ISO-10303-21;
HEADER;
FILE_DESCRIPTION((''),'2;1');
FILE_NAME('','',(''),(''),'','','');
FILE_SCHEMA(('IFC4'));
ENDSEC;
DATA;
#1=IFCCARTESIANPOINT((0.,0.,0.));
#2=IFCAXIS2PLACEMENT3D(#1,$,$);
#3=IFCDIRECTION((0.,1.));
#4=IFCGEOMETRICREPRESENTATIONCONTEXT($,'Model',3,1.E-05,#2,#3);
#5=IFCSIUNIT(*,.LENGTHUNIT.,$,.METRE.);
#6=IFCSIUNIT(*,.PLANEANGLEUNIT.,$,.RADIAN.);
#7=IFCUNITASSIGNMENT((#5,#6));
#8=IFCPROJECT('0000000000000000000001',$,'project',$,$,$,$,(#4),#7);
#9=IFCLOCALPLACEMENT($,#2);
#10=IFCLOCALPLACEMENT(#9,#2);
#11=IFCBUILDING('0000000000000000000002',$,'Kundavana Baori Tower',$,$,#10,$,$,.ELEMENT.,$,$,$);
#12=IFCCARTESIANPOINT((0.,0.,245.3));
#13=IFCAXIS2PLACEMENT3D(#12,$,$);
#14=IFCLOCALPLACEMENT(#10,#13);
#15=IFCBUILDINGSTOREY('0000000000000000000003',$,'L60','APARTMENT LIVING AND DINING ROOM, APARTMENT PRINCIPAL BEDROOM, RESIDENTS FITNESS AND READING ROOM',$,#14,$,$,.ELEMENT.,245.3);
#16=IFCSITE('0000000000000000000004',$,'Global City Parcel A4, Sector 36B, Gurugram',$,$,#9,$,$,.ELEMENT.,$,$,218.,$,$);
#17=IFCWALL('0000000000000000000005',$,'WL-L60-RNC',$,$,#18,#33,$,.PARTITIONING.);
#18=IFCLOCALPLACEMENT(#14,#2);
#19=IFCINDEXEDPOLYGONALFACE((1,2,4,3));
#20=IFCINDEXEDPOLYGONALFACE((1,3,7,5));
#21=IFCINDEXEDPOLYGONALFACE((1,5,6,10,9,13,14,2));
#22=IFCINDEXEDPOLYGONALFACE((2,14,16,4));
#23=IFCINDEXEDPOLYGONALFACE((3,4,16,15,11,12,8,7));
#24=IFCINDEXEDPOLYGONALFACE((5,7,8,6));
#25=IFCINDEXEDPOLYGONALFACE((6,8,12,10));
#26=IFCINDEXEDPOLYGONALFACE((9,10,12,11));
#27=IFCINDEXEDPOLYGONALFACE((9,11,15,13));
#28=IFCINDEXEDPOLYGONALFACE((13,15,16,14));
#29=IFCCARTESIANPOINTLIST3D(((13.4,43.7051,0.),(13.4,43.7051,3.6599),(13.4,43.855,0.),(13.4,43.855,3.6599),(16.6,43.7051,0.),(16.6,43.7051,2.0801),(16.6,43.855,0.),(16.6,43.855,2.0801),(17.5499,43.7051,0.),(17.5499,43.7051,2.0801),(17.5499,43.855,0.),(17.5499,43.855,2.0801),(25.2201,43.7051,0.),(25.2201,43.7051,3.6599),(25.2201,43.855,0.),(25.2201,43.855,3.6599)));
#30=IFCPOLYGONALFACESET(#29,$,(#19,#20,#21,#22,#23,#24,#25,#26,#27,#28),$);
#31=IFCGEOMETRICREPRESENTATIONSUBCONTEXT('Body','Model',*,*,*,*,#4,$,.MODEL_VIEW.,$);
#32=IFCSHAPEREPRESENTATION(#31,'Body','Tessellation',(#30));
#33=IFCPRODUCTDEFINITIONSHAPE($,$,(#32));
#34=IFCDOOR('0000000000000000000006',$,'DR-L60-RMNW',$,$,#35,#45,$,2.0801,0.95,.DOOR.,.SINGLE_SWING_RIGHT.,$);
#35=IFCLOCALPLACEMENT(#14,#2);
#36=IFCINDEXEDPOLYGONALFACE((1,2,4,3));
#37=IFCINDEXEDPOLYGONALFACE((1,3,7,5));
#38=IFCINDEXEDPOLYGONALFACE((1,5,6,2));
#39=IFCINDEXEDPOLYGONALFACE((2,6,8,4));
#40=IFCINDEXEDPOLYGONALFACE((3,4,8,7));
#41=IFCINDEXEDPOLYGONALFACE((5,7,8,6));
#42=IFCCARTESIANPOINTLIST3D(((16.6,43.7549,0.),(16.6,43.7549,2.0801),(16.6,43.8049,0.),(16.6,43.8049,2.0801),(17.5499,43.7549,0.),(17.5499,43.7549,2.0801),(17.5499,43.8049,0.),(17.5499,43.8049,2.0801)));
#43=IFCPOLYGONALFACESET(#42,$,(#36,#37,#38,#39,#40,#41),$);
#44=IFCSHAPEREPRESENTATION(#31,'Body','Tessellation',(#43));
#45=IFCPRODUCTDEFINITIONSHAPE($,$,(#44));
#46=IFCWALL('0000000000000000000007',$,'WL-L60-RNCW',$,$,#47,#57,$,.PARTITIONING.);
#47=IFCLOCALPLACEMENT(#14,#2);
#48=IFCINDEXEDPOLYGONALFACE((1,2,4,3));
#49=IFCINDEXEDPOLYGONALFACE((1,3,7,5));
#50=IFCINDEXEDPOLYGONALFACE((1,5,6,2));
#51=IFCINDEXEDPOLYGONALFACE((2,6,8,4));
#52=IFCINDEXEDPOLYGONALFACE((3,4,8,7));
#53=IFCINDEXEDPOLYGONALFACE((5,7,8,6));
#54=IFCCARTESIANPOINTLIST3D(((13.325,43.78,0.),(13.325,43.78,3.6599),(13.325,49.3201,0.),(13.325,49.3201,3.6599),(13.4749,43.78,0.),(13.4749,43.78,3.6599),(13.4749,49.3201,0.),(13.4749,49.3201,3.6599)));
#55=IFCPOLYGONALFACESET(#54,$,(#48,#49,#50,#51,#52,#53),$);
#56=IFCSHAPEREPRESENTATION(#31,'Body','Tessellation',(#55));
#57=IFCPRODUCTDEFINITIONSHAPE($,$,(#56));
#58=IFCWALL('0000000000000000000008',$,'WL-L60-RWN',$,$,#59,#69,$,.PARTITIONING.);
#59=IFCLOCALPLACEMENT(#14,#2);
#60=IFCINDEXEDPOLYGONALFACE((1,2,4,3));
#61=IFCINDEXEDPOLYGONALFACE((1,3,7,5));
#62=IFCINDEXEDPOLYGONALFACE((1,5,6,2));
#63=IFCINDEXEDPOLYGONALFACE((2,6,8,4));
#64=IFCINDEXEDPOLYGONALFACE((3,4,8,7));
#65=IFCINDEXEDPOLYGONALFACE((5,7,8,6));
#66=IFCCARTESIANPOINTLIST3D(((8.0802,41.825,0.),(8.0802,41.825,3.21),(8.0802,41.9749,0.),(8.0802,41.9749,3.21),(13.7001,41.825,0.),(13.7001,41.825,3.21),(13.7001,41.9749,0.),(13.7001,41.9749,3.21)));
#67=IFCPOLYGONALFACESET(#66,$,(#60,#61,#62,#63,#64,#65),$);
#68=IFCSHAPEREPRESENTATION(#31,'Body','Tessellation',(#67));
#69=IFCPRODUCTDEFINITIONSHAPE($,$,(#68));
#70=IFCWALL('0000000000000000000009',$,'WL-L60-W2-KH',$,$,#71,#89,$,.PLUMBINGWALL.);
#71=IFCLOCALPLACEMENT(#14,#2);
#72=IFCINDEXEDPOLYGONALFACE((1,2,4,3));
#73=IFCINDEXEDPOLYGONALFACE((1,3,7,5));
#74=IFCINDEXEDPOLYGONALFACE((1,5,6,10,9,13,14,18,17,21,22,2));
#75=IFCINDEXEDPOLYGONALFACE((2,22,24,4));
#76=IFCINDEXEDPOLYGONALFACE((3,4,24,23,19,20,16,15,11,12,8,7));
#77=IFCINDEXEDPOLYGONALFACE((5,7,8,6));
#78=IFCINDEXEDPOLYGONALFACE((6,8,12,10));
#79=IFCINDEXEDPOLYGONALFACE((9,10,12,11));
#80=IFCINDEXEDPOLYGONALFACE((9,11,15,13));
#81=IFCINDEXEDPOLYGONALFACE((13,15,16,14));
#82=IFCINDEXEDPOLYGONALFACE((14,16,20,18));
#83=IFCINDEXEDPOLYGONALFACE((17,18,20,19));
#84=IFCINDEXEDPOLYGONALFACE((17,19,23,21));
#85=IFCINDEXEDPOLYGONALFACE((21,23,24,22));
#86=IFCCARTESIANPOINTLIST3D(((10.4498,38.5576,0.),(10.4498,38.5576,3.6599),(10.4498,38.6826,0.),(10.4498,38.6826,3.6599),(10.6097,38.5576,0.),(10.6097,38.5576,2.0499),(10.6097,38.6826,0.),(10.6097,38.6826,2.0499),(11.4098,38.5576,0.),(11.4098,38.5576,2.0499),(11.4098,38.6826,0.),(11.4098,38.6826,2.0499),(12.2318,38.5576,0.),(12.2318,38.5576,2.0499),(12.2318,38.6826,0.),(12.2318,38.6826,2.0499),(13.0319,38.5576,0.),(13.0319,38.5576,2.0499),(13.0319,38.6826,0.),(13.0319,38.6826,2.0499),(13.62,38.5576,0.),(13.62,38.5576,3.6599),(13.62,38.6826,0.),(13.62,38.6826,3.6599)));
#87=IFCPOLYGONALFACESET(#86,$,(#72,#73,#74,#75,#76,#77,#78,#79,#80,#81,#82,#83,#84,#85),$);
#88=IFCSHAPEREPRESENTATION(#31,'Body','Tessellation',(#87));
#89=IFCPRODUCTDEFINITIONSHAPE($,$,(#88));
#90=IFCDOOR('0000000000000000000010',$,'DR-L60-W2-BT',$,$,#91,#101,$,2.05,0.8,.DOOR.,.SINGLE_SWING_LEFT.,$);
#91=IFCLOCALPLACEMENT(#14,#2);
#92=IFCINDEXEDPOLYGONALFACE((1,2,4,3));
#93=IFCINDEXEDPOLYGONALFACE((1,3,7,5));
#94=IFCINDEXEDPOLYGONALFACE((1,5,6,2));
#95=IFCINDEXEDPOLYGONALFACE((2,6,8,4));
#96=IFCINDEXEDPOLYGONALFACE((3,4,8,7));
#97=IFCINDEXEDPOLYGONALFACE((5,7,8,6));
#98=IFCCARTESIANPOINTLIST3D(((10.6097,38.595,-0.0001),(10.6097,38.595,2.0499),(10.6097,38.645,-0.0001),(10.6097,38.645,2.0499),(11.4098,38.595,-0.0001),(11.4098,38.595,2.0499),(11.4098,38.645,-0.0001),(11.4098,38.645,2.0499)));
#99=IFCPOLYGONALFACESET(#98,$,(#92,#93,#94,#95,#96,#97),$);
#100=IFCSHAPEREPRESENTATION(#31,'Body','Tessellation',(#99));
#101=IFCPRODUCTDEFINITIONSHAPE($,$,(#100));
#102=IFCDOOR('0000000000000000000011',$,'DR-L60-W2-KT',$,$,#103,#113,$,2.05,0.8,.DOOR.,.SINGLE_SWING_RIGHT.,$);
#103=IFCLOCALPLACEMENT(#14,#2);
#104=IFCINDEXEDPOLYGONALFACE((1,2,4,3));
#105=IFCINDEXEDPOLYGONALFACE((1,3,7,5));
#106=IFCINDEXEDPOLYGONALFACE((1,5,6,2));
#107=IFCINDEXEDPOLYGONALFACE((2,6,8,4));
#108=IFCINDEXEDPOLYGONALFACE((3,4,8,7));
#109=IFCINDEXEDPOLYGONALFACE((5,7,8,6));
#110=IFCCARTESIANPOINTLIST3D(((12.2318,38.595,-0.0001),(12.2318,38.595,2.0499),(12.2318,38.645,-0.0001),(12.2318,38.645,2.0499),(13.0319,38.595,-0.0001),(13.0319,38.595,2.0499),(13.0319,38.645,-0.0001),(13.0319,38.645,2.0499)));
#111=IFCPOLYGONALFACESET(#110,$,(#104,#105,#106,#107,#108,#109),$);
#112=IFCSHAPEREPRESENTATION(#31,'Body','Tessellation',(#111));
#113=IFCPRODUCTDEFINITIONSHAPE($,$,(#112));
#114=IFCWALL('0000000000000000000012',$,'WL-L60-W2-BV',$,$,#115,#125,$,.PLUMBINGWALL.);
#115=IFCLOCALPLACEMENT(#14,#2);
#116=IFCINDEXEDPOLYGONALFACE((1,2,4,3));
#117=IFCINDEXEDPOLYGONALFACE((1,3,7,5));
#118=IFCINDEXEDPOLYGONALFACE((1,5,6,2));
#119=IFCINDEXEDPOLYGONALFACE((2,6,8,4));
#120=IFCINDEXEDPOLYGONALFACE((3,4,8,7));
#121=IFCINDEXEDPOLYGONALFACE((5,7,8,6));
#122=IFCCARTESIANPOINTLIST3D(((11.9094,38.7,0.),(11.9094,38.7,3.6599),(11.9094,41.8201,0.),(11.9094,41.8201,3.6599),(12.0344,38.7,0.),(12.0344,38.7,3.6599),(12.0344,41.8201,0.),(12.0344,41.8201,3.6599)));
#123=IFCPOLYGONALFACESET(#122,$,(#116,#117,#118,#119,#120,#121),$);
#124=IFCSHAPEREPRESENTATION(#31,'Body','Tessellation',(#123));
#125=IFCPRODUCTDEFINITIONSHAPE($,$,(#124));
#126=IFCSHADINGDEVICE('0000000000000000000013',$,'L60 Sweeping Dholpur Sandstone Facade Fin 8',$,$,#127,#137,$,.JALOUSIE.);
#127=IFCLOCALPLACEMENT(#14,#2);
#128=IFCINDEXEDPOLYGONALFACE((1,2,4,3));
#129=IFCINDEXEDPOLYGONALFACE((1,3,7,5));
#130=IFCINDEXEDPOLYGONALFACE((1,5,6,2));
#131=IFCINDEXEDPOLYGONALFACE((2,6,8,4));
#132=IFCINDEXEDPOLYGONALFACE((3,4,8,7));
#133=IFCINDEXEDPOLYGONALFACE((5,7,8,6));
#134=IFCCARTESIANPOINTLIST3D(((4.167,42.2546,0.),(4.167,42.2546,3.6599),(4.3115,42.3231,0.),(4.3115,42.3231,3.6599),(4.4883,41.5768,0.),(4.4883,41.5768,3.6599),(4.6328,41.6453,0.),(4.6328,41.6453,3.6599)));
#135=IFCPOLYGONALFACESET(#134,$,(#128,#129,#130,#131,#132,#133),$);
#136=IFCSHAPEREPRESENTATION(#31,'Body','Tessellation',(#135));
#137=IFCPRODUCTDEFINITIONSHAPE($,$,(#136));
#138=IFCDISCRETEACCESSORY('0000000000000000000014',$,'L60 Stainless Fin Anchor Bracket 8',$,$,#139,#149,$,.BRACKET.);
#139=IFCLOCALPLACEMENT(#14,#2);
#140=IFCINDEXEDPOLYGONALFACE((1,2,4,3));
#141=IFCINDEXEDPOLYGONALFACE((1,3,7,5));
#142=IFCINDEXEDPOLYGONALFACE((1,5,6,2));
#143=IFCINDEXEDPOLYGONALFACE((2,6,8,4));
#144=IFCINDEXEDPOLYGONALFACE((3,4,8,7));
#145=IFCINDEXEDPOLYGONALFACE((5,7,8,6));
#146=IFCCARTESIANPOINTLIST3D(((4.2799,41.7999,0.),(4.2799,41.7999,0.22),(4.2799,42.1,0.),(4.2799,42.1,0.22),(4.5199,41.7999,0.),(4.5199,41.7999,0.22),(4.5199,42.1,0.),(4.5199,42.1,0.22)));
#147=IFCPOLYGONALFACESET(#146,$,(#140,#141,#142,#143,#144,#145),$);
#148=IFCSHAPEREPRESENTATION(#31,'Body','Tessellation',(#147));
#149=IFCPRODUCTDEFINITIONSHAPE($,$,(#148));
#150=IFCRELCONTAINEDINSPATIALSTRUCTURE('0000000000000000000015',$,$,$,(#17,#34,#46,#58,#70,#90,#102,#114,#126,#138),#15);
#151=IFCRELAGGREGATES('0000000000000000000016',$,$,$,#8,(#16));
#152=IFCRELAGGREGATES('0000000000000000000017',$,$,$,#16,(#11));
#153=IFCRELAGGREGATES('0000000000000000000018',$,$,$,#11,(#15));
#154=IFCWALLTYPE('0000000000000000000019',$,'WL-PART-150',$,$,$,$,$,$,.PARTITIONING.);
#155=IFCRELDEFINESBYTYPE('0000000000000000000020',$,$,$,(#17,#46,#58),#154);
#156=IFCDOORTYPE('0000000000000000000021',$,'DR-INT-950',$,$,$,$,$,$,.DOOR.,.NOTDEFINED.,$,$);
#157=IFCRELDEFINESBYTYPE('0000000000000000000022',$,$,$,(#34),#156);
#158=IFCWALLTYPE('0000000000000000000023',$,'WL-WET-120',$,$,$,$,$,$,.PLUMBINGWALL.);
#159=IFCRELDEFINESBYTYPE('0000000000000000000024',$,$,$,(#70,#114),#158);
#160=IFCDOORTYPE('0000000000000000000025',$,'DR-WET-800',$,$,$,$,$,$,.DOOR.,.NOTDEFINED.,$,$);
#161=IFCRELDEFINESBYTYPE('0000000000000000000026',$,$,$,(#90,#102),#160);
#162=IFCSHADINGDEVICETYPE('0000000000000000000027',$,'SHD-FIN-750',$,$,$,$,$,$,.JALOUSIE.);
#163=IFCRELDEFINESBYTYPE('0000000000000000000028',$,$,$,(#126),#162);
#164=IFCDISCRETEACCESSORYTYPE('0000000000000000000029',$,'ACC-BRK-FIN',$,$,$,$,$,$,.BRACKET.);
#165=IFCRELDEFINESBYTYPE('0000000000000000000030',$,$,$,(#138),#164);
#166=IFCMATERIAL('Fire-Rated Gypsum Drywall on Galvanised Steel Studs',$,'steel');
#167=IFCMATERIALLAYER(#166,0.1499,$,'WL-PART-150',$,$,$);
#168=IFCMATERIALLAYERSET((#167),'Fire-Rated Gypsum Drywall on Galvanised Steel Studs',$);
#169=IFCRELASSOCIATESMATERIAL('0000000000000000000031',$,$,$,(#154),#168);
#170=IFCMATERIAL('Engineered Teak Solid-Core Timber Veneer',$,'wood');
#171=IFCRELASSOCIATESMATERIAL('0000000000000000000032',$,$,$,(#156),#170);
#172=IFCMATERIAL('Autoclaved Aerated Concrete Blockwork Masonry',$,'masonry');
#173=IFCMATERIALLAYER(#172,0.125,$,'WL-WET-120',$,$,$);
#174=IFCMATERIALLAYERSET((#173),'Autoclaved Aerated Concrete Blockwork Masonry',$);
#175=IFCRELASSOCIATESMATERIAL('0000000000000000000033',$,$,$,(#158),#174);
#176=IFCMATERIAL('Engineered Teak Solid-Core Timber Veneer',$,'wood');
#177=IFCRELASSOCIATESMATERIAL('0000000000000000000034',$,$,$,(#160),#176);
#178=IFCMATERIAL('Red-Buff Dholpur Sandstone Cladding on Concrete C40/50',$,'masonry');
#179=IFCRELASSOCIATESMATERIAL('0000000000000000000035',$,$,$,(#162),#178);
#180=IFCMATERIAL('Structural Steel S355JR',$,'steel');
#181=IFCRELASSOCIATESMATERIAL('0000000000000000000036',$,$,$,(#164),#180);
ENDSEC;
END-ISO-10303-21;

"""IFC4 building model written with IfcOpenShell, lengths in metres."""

from ifc_helpers import new_model, si_unit, direction, frame, frame_2d, origin, origin_2d, place, context, subcontext, project, spatial, rectangle, extrude, material, layer, layer_set, type_object, element, fill, save


model = new_model("IFC4")

# Units and contexts
model_context = context("Model", 3, precision=1e-05, world=origin(), true_north=direction((0.0, 1.0)))
body_context = subcontext(model_context, "Body", "Model", "MODEL_VIEW")
ifc_project = project(units=[si_unit("LENGTHUNIT", "METRE"), si_unit("PLANEANGLEUNIT", "RADIAN")], contexts=[model_context])

# Site, building, storey
site_placement = place(None, origin())
site = spatial("IfcSite", under=ifc_project, at=site_placement, Name="Global City Parcel A4, Sector 36B, Gurugram", CompositionType="ELEMENT", RefElevation=218.0)
building_placement = place(site_placement, origin())
building = spatial("IfcBuilding", under=site, at=building_placement, Name="Kundavana Baori Tower", CompositionType="ELEMENT")
storey_placement = place(building_placement, frame((0.0, 0.0, 245.3)))
storey = spatial("IfcBuildingStorey", under=building, at=storey_placement, Name="L60", Description="APARTMENT LIVING AND DINING ROOM, APARTMENT PRINCIPAL BEDROOM, RESIDENTS FITNESS AND READING ROOM", CompositionType="ELEMENT", Elevation=245.3)

# Wall, opening, door
ifc_material_1 = material(Name="Fire-Rated Gypsum Drywall on Galvanised Steel Studs", Category="steel")
ifc_layer_1 = layer(ifc_material_1, 0.1499, Name="WL-PART-150")
ifc_layer_set_1 = layer_set([ifc_layer_1], Name="Fire-Rated Gypsum Drywall on Galvanised Steel Studs")
wall_type_1 = type_object("IfcWallType", Name="WL-PART-150", PredefinedType="PARTITIONING", material=ifc_layer_set_1)
wall_1_placement = place(storey_placement, frame((13.3999, 43.78, 0.0), z_axis=(0.0, 0.0, 1.0), x_axis=(1.0, 0.0, 0.0)))
wall_1 = element("IfcWall", 1, at=wall_1_placement, inside=storey, type_object=wall_type_1, Name="WL-L60-RNC", PredefinedType="PARTITIONING", context=body_context, shape_type="SweptSolid", body=[
    extrude(rectangle(XDim=11.8201, YDim=0.1499, at=frame_2d((5.9102, 0.0))), origin(), (0.0, 0.0, 1.0), 3.6599),
])
opening_1_placement = place(wall_1_placement, frame((3.2, 0.0, 0.0)))
opening_1 = element("IfcOpeningElement", 2, at=opening_1_placement, cuts=wall_1, PredefinedType="OPENING", context=body_context, shape_type="SweptSolid", body=[
    extrude(rectangle(XDim=0.95, YDim=2.0801, at=frame_2d((0.4751, 1.04))), frame((0.0, 0.085, 0.0), z_axis=(0.0, -1.0, 0.0), x_axis=(1.0, 0.0, 0.0)), (0.0, 0.0, 1.0), 0.1699),
])
ifc_material_2 = material(Name="Engineered Teak Solid-Core Timber Veneer", Category="wood")
door_type_1 = type_object("IfcDoorType", Name="DR-INT-950", OperationType="NOTDEFINED", PredefinedType="DOOR", material=ifc_material_2)
door_1_placement = place(opening_1_placement, origin())
door_1 = element("IfcDoor", 3, at=door_1_placement, inside=storey, type_object=door_type_1, Name="DR-L60-RMNW", OperationType="SINGLE_SWING_RIGHT", OverallHeight=2.0801, OverallWidth=0.95, PredefinedType="DOOR", context=body_context, shape_type="SweptSolid", body=[
    extrude(rectangle(XDim=0.95, YDim=2.0801, at=frame_2d((0.4751, 1.04))), frame((0.0, 0.0249, 0.0), z_axis=(0.0, -1.0, 0.0), x_axis=(1.0, 0.0, 0.0)), (0.0, 0.0, 1.0), 0.05),
])
fill(opening_1, door_1)

# Walls
wall_2_placement = place(storey_placement, frame((13.3999, 43.78, 0.0), z_axis=(0.0, 0.0, 1.0), x_axis=(0.0, 1.0, 0.0)))
element("IfcWall", 4, at=wall_2_placement, inside=storey, type_object=wall_type_1, Name="WL-L60-RNCW", PredefinedType="PARTITIONING", context=body_context, shape_type="SweptSolid", body=[
    extrude(rectangle(XDim=5.54, YDim=0.1499, at=frame_2d((2.77, 0.0))), origin(), (0.0, 0.0, 1.0), 3.6599),
])
wall_3_placement = place(storey_placement, frame((8.0801, 41.8999, 0.0), z_axis=(0.0, 0.0, 1.0), x_axis=(1.0, 0.0, 0.0)))
element("IfcWall", 5, at=wall_3_placement, inside=storey, type_object=wall_type_1, Name="WL-L60-RWN", PredefinedType="PARTITIONING", context=body_context, shape_type="SweptSolid", body=[
    extrude(rectangle(XDim=5.6199, YDim=0.1499, at=frame_2d((2.8101, 0.0))), origin(), (0.0, 0.0, 1.0), 3.21),
])

# Wall, openings, doors
ifc_material_3 = material(Name="Autoclaved Aerated Concrete Blockwork Masonry", Category="masonry")
ifc_layer_2 = layer(ifc_material_3, 0.125, Name="WL-WET-120")
ifc_layer_set_2 = layer_set([ifc_layer_2], Name="Autoclaved Aerated Concrete Blockwork Masonry")
wall_type_2 = type_object("IfcWallType", Name="WL-WET-120", PredefinedType="PLUMBINGWALL", material=ifc_layer_set_2)
wall_4_placement = place(storey_placement, frame((10.45, 38.6201, 0.0), z_axis=(0.0, 0.0, 1.0), x_axis=(1.0, 0.0, 0.0)))
wall_4 = element("IfcWall", 6, at=wall_4_placement, inside=storey, type_object=wall_type_2, Name="WL-L60-W2-KH", PredefinedType="PLUMBINGWALL", context=body_context, shape_type="SweptSolid", body=[
    extrude(rectangle(XDim=3.1702, YDim=0.125, at=frame_2d((1.585, 0.0))), origin(), (0.0, 0.0, 1.0), 3.6599),
])
opening_2_placement = place(wall_4_placement, frame((0.1599, 0.0, 0.0)))
opening_2 = element("IfcOpeningElement", 7, at=opening_2_placement, cuts=wall_4, PredefinedType="OPENING", context=body_context, shape_type="SweptSolid", body=[
    extrude(rectangle(XDim=0.8, YDim=2.05, at=frame_2d((0.3999, 1.0249))), frame((0.0, 0.0725, 0.0), z_axis=(0.0, -1.0, 0.0), x_axis=(1.0, 0.0, 0.0)), (0.0, 0.0, 1.0), 0.145),
])
opening_3_placement = place(wall_4_placement, frame((1.782, 0.0, 0.0)))
opening_3 = element("IfcOpeningElement", 8, at=opening_3_placement, cuts=wall_4, PredefinedType="OPENING", context=body_context, shape_type="SweptSolid", body=[
    extrude(rectangle(XDim=0.8, YDim=2.05, at=frame_2d((0.3999, 1.0249))), frame((0.0, 0.0725, 0.0), z_axis=(0.0, -1.0, 0.0), x_axis=(1.0, 0.0, 0.0)), (0.0, 0.0, 1.0), 0.145),
])
ifc_material_4 = material(Name="Engineered Teak Solid-Core Timber Veneer", Category="wood")
door_type_2 = type_object("IfcDoorType", Name="DR-WET-800", OperationType="NOTDEFINED", PredefinedType="DOOR", material=ifc_material_4)
door_2_placement = place(opening_2_placement, origin())
door_2 = element("IfcDoor", 9, at=door_2_placement, inside=storey, type_object=door_type_2, Name="DR-L60-W2-BT", OperationType="SINGLE_SWING_LEFT", OverallHeight=2.05, OverallWidth=0.8, PredefinedType="DOOR", context=body_context, shape_type="SweptSolid", body=[
    extrude(rectangle(XDim=0.8, YDim=2.05, at=frame_2d((0.3999, 1.0249))), frame((0.0, 0.0249, 0.0), z_axis=(0.0, -1.0, 0.0), x_axis=(1.0, 0.0, 0.0)), (0.0, 0.0, 1.0), 0.05),
])
fill(opening_2, door_2)
door_3_placement = place(opening_3_placement, origin())
door_3 = element("IfcDoor", 10, at=door_3_placement, inside=storey, type_object=door_type_2, Name="DR-L60-W2-KT", OperationType="SINGLE_SWING_RIGHT", OverallHeight=2.05, OverallWidth=0.8, PredefinedType="DOOR", context=body_context, shape_type="SweptSolid", body=[
    extrude(rectangle(XDim=0.8, YDim=2.05, at=frame_2d((0.3999, 1.0249))), frame((0.0, 0.0249, 0.0), z_axis=(0.0, -1.0, 0.0), x_axis=(1.0, 0.0, 0.0)), (0.0, 0.0, 1.0), 0.05),
])
fill(opening_3, door_3)

# Wall
wall_5_placement = place(storey_placement, frame((11.9719, 38.7, 0.0), z_axis=(0.0, 0.0, 1.0), x_axis=(0.0, 1.0, 0.0)))
element("IfcWall", 11, at=wall_5_placement, inside=storey, type_object=wall_type_2, Name="WL-L60-W2-BV", PredefinedType="PLUMBINGWALL", context=body_context, shape_type="SweptSolid", body=[
    extrude(rectangle(XDim=3.1201, YDim=0.125, at=frame_2d((1.5601, 0.0))), origin(), (0.0, 0.0, 1.0), 3.6599),
])

# Shading device
ifc_material_5 = material(Name="Red-Buff Dholpur Sandstone Cladding on Concrete C40/50", Category="masonry")
shading_device_type = type_object("IfcShadingDeviceType", Name="SHD-FIN-750", PredefinedType="JALOUSIE", material=ifc_material_5)
shading_device_placement = place(storey_placement, frame((4.3999, 41.95, 0.0), z_axis=(0.0, 0.0, 1.0), x_axis=(0.903635, 0.428304, 0.0)))
element("IfcShadingDevice", 12, at=shading_device_placement, inside=storey, type_object=shading_device_type, Name="L60 Sweeping Dholpur Sandstone Facade Fin 8", PredefinedType="JALOUSIE", context=body_context, shape_type="SweptSolid", body=[
    extrude(rectangle(XDim=0.1599, YDim=0.75, at=origin_2d()), origin(), (0.0, 0.0, 1.0), 3.6599),
])

# Discrete accessory
ifc_material_6 = material(Name="Structural Steel S355JR", Category="steel")
discrete_accessory_type = type_object("IfcDiscreteAccessoryType", Name="ACC-BRK-FIN", PredefinedType="BRACKET", material=ifc_material_6)
discrete_accessory_placement = place(storey_placement, frame((4.3999, 41.95, 0.0), z_axis=(0.0, 0.0, 1.0), x_axis=(1.0, 0.0, 0.0)))
element("IfcDiscreteAccessory", 13, at=discrete_accessory_placement, inside=storey, type_object=discrete_accessory_type, Name="L60 Stainless Fin Anchor Bracket 8", PredefinedType="BRACKET", context=body_context, shape_type="SweptSolid", body=[
    extrude(rectangle(XDim=0.24, YDim=0.3, at=origin_2d()), origin(), (0.0, 0.0, 1.0), 0.22),
])

save(model, "model.ifc")
